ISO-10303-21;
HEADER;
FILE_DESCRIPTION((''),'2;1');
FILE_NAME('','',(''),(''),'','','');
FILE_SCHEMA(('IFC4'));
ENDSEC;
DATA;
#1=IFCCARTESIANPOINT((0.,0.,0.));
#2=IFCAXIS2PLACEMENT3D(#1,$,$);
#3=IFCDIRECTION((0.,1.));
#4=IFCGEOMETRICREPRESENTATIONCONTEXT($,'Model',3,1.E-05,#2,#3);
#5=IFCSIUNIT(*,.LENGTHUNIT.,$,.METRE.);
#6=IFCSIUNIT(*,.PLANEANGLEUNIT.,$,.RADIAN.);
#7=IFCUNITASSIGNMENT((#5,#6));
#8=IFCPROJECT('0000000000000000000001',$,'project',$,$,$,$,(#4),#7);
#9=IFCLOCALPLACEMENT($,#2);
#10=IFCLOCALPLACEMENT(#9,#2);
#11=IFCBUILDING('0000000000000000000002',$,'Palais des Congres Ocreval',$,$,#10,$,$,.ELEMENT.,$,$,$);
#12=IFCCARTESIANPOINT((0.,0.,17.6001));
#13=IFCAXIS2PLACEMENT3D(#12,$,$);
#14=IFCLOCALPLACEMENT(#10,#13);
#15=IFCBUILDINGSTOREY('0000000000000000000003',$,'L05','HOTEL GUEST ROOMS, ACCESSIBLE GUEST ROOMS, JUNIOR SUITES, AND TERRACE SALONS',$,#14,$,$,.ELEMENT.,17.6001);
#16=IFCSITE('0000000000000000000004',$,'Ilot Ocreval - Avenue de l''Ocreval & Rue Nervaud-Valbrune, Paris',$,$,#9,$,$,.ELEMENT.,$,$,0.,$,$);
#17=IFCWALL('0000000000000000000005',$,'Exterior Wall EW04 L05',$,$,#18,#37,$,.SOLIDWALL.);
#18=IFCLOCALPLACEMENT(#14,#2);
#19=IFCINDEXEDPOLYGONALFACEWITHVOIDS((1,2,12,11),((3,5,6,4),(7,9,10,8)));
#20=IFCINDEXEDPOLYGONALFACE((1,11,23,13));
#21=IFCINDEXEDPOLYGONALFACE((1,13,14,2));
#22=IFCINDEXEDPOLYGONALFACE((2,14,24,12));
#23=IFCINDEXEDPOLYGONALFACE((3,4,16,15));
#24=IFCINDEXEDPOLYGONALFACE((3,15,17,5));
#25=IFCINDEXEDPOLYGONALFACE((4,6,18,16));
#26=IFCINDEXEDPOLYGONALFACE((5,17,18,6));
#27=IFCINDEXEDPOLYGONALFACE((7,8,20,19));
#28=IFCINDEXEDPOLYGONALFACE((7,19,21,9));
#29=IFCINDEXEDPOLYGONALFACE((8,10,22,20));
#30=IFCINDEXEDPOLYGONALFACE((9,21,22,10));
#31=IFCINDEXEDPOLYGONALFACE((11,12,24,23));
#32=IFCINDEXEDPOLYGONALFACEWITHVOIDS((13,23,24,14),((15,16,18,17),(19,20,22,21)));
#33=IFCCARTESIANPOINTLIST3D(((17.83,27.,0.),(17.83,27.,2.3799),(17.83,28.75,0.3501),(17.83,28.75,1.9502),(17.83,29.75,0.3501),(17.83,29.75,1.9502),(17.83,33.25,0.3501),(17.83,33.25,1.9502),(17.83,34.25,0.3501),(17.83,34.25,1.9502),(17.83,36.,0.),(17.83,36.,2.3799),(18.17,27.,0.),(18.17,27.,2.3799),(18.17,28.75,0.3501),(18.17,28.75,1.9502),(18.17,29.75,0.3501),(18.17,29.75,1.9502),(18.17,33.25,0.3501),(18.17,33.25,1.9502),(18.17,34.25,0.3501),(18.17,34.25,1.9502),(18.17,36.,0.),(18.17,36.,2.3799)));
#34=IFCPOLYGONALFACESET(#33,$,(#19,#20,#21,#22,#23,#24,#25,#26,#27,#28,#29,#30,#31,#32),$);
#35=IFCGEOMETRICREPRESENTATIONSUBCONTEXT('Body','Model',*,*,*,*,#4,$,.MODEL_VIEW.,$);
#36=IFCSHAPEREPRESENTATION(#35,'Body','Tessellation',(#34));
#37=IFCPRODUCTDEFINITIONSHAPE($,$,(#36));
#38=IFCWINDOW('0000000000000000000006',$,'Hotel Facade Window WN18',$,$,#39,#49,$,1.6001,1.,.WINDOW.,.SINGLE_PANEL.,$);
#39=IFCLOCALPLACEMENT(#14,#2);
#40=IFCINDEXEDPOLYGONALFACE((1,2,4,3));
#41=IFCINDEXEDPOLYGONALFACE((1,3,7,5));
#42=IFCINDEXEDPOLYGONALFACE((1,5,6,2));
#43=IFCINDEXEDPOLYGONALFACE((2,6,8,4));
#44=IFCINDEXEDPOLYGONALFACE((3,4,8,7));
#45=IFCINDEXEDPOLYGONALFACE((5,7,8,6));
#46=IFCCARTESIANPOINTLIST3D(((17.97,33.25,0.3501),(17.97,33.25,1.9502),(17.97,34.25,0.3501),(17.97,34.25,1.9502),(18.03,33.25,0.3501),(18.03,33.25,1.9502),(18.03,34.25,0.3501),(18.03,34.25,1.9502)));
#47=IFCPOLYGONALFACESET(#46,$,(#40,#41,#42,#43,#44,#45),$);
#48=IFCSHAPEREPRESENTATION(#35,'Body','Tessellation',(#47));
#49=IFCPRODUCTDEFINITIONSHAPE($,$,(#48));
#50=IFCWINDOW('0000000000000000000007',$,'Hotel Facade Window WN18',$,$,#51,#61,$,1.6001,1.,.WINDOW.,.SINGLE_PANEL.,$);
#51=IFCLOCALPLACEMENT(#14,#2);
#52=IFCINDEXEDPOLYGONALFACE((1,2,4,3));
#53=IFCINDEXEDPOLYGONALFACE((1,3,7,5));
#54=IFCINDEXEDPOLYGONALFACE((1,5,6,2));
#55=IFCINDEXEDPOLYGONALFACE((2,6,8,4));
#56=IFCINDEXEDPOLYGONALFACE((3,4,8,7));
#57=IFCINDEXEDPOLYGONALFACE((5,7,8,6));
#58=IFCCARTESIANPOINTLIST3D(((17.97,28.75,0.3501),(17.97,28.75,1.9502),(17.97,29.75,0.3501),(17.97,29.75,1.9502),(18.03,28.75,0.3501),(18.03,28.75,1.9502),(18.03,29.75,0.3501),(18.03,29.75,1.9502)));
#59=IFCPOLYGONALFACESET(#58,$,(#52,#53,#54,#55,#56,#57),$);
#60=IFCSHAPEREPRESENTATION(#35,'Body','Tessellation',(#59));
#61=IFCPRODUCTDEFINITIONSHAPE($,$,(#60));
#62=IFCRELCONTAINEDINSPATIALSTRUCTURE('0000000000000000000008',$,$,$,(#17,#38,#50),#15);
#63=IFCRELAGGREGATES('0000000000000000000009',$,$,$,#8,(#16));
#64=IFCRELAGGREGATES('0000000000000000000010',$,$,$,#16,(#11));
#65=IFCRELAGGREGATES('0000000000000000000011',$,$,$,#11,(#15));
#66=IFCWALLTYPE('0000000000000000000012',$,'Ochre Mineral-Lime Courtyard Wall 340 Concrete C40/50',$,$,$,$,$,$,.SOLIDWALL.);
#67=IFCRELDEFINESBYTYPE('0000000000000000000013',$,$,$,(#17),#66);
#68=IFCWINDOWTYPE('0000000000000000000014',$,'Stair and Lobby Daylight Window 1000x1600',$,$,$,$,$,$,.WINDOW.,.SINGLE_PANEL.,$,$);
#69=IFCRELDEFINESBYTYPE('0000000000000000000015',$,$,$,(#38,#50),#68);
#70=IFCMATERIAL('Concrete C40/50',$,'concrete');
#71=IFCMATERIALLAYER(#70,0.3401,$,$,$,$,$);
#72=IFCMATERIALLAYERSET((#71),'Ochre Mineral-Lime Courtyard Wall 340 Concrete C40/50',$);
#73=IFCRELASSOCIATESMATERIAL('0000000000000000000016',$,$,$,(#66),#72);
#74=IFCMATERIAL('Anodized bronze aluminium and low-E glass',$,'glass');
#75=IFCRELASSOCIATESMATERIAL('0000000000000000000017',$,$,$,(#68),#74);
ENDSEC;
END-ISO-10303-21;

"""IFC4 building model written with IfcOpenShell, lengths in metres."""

from ifc_helpers import new_model, si_unit, direction, frame, frame_2d, origin, place, context, subcontext, project, spatial, rectangle, extrude, material, layer, layer_set, type_object, element, fill, save


model = new_model("IFC4")

# Units and contexts
model_context = context("Model", 3, precision=1e-05, world=origin(), true_north=direction((0.0, 1.0)))
body_context = subcontext(model_context, "Body", "Model", "MODEL_VIEW")
ifc_project = project(units=[si_unit("LENGTHUNIT", "METRE"), si_unit("PLANEANGLEUNIT", "RADIAN")], contexts=[model_context])

# Site, building, storey
site_placement = place(None, origin())
site = spatial("IfcSite", under=ifc_project, at=site_placement, Name="Ilot Ocreval - Avenue de l'Ocreval & Rue Nervaud-Valbrune, Paris", CompositionType="ELEMENT", RefElevation=0.0)
building_placement = place(site_placement, origin())
building = spatial("IfcBuilding", under=site, at=building_placement, Name="Palais des Congres Ocreval", CompositionType="ELEMENT")
storey_placement = place(building_placement, frame((0.0, 0.0, 17.6001)))
storey = spatial("IfcBuildingStorey", under=building, at=storey_placement, Name="L05", Description="HOTEL GUEST ROOMS, ACCESSIBLE GUEST ROOMS, JUNIOR SUITES, AND TERRACE SALONS", CompositionType="ELEMENT", Elevation=17.6001)

# Shared definitions
ifc_material_1 = material(Name="Concrete C40/50", Category="concrete")

# Shared definitions
ifc_material_2 = material(Name="Anodized bronze aluminium and low-E glass", Category="glass")

# Shared definitions
ifc_layer_1 = layer(ifc_material_1, 0.3401)
ifc_layer_set_1 = layer_set([ifc_layer_1], Name="Ochre Mineral-Lime Courtyard Wall 340 Concrete C40/50")
wall_type_1 = type_object("IfcWallType", Name="Ochre Mineral-Lime Courtyard Wall 340 Concrete C40/50", PredefinedType="SOLIDWALL", material=ifc_layer_set_1)

# Wall, openings, windows
wall_1_placement = place(storey_placement, frame((18.0, 36.0, 0.0), z_axis=(0.0, 0.0, 1.0), x_axis=(0.0, -1.0, 0.0)))
wall_1 = element("IfcWall", 1, at=wall_1_placement, inside=storey, type_object=wall_type_1, Name="Exterior Wall EW04 L05", PredefinedType="SOLIDWALL", context=body_context, shape_type="SweptSolid", body=[
    extrude(rectangle(XDim=9.0, YDim=0.3401, at=frame_2d((4.5, 0.0))), origin(), (0.0, 0.0, 1.0), 2.3799),
])
opening_1_placement = place(wall_1_placement, frame((1.75, 0.0, 0.3501)))
opening_1 = element("IfcOpeningElement", 2, at=opening_1_placement, cuts=wall_1, PredefinedType="OPENING", context=body_context, shape_type="SweptSolid", body=[
    extrude(rectangle(XDim=1.0, YDim=1.6001, at=frame_2d((0.5, 0.8))), frame((0.0, 0.1799, 0.0), z_axis=(0.0, -1.0, 0.0), x_axis=(1.0, 0.0, 0.0)), (0.0, 0.0, 1.0), 0.3601),
])
opening_2_placement = place(wall_1_placement, frame((6.25, 0.0, 0.3501)))
opening_2 = element("IfcOpeningElement", 3, at=opening_2_placement, cuts=wall_1, PredefinedType="OPENING", context=body_context, shape_type="SweptSolid", body=[
    extrude(rectangle(XDim=1.0, YDim=1.6001, at=frame_2d((0.5, 0.8))), frame((0.0, 0.1799, 0.0), z_axis=(0.0, -1.0, 0.0), x_axis=(1.0, 0.0, 0.0)), (0.0, 0.0, 1.0), 0.3601),
])
window_type = type_object("IfcWindowType", Name="Stair and Lobby Daylight Window 1000x1600", PartitioningType="SINGLE_PANEL", PredefinedType="WINDOW", material=ifc_material_2)
window_1_placement = place(opening_1_placement, origin())
window_1 = element("IfcWindow", 4, at=window_1_placement, inside=storey, type_object=window_type, Name="Hotel Facade Window WN18", OverallHeight=1.6001, OverallWidth=1.0, PartitioningType="SINGLE_PANEL", PredefinedType="WINDOW", context=body_context, shape_type="SweptSolid", body=[
    extrude(rectangle(XDim=1.0, YDim=1.6001, at=frame_2d((0.5, 0.8))), frame((0.0, 0.03, 0.0), z_axis=(0.0, -1.0, 0.0), x_axis=(1.0, 0.0, 0.0)), (0.0, 0.0, 1.0), 0.0601),
])
fill(opening_1, window_1)
window_2_placement = place(opening_2_placement, origin())
window_2 = element("IfcWindow", 5, at=window_2_placement, inside=storey, type_object=window_type, Name="Hotel Facade Window WN18", OverallHeight=1.6001, OverallWidth=1.0, PartitioningType="SINGLE_PANEL", PredefinedType="WINDOW", context=body_context, shape_type="SweptSolid", body=[
    extrude(rectangle(XDim=1.0, YDim=1.6001, at=frame_2d((0.5, 0.8))), frame((0.0, 0.03, 0.0), z_axis=(0.0, -1.0, 0.0), x_axis=(1.0, 0.0, 0.0)), (0.0, 0.0, 1.0), 0.0601),
])
fill(opening_2, window_2)

save(model, "model.ifc")
